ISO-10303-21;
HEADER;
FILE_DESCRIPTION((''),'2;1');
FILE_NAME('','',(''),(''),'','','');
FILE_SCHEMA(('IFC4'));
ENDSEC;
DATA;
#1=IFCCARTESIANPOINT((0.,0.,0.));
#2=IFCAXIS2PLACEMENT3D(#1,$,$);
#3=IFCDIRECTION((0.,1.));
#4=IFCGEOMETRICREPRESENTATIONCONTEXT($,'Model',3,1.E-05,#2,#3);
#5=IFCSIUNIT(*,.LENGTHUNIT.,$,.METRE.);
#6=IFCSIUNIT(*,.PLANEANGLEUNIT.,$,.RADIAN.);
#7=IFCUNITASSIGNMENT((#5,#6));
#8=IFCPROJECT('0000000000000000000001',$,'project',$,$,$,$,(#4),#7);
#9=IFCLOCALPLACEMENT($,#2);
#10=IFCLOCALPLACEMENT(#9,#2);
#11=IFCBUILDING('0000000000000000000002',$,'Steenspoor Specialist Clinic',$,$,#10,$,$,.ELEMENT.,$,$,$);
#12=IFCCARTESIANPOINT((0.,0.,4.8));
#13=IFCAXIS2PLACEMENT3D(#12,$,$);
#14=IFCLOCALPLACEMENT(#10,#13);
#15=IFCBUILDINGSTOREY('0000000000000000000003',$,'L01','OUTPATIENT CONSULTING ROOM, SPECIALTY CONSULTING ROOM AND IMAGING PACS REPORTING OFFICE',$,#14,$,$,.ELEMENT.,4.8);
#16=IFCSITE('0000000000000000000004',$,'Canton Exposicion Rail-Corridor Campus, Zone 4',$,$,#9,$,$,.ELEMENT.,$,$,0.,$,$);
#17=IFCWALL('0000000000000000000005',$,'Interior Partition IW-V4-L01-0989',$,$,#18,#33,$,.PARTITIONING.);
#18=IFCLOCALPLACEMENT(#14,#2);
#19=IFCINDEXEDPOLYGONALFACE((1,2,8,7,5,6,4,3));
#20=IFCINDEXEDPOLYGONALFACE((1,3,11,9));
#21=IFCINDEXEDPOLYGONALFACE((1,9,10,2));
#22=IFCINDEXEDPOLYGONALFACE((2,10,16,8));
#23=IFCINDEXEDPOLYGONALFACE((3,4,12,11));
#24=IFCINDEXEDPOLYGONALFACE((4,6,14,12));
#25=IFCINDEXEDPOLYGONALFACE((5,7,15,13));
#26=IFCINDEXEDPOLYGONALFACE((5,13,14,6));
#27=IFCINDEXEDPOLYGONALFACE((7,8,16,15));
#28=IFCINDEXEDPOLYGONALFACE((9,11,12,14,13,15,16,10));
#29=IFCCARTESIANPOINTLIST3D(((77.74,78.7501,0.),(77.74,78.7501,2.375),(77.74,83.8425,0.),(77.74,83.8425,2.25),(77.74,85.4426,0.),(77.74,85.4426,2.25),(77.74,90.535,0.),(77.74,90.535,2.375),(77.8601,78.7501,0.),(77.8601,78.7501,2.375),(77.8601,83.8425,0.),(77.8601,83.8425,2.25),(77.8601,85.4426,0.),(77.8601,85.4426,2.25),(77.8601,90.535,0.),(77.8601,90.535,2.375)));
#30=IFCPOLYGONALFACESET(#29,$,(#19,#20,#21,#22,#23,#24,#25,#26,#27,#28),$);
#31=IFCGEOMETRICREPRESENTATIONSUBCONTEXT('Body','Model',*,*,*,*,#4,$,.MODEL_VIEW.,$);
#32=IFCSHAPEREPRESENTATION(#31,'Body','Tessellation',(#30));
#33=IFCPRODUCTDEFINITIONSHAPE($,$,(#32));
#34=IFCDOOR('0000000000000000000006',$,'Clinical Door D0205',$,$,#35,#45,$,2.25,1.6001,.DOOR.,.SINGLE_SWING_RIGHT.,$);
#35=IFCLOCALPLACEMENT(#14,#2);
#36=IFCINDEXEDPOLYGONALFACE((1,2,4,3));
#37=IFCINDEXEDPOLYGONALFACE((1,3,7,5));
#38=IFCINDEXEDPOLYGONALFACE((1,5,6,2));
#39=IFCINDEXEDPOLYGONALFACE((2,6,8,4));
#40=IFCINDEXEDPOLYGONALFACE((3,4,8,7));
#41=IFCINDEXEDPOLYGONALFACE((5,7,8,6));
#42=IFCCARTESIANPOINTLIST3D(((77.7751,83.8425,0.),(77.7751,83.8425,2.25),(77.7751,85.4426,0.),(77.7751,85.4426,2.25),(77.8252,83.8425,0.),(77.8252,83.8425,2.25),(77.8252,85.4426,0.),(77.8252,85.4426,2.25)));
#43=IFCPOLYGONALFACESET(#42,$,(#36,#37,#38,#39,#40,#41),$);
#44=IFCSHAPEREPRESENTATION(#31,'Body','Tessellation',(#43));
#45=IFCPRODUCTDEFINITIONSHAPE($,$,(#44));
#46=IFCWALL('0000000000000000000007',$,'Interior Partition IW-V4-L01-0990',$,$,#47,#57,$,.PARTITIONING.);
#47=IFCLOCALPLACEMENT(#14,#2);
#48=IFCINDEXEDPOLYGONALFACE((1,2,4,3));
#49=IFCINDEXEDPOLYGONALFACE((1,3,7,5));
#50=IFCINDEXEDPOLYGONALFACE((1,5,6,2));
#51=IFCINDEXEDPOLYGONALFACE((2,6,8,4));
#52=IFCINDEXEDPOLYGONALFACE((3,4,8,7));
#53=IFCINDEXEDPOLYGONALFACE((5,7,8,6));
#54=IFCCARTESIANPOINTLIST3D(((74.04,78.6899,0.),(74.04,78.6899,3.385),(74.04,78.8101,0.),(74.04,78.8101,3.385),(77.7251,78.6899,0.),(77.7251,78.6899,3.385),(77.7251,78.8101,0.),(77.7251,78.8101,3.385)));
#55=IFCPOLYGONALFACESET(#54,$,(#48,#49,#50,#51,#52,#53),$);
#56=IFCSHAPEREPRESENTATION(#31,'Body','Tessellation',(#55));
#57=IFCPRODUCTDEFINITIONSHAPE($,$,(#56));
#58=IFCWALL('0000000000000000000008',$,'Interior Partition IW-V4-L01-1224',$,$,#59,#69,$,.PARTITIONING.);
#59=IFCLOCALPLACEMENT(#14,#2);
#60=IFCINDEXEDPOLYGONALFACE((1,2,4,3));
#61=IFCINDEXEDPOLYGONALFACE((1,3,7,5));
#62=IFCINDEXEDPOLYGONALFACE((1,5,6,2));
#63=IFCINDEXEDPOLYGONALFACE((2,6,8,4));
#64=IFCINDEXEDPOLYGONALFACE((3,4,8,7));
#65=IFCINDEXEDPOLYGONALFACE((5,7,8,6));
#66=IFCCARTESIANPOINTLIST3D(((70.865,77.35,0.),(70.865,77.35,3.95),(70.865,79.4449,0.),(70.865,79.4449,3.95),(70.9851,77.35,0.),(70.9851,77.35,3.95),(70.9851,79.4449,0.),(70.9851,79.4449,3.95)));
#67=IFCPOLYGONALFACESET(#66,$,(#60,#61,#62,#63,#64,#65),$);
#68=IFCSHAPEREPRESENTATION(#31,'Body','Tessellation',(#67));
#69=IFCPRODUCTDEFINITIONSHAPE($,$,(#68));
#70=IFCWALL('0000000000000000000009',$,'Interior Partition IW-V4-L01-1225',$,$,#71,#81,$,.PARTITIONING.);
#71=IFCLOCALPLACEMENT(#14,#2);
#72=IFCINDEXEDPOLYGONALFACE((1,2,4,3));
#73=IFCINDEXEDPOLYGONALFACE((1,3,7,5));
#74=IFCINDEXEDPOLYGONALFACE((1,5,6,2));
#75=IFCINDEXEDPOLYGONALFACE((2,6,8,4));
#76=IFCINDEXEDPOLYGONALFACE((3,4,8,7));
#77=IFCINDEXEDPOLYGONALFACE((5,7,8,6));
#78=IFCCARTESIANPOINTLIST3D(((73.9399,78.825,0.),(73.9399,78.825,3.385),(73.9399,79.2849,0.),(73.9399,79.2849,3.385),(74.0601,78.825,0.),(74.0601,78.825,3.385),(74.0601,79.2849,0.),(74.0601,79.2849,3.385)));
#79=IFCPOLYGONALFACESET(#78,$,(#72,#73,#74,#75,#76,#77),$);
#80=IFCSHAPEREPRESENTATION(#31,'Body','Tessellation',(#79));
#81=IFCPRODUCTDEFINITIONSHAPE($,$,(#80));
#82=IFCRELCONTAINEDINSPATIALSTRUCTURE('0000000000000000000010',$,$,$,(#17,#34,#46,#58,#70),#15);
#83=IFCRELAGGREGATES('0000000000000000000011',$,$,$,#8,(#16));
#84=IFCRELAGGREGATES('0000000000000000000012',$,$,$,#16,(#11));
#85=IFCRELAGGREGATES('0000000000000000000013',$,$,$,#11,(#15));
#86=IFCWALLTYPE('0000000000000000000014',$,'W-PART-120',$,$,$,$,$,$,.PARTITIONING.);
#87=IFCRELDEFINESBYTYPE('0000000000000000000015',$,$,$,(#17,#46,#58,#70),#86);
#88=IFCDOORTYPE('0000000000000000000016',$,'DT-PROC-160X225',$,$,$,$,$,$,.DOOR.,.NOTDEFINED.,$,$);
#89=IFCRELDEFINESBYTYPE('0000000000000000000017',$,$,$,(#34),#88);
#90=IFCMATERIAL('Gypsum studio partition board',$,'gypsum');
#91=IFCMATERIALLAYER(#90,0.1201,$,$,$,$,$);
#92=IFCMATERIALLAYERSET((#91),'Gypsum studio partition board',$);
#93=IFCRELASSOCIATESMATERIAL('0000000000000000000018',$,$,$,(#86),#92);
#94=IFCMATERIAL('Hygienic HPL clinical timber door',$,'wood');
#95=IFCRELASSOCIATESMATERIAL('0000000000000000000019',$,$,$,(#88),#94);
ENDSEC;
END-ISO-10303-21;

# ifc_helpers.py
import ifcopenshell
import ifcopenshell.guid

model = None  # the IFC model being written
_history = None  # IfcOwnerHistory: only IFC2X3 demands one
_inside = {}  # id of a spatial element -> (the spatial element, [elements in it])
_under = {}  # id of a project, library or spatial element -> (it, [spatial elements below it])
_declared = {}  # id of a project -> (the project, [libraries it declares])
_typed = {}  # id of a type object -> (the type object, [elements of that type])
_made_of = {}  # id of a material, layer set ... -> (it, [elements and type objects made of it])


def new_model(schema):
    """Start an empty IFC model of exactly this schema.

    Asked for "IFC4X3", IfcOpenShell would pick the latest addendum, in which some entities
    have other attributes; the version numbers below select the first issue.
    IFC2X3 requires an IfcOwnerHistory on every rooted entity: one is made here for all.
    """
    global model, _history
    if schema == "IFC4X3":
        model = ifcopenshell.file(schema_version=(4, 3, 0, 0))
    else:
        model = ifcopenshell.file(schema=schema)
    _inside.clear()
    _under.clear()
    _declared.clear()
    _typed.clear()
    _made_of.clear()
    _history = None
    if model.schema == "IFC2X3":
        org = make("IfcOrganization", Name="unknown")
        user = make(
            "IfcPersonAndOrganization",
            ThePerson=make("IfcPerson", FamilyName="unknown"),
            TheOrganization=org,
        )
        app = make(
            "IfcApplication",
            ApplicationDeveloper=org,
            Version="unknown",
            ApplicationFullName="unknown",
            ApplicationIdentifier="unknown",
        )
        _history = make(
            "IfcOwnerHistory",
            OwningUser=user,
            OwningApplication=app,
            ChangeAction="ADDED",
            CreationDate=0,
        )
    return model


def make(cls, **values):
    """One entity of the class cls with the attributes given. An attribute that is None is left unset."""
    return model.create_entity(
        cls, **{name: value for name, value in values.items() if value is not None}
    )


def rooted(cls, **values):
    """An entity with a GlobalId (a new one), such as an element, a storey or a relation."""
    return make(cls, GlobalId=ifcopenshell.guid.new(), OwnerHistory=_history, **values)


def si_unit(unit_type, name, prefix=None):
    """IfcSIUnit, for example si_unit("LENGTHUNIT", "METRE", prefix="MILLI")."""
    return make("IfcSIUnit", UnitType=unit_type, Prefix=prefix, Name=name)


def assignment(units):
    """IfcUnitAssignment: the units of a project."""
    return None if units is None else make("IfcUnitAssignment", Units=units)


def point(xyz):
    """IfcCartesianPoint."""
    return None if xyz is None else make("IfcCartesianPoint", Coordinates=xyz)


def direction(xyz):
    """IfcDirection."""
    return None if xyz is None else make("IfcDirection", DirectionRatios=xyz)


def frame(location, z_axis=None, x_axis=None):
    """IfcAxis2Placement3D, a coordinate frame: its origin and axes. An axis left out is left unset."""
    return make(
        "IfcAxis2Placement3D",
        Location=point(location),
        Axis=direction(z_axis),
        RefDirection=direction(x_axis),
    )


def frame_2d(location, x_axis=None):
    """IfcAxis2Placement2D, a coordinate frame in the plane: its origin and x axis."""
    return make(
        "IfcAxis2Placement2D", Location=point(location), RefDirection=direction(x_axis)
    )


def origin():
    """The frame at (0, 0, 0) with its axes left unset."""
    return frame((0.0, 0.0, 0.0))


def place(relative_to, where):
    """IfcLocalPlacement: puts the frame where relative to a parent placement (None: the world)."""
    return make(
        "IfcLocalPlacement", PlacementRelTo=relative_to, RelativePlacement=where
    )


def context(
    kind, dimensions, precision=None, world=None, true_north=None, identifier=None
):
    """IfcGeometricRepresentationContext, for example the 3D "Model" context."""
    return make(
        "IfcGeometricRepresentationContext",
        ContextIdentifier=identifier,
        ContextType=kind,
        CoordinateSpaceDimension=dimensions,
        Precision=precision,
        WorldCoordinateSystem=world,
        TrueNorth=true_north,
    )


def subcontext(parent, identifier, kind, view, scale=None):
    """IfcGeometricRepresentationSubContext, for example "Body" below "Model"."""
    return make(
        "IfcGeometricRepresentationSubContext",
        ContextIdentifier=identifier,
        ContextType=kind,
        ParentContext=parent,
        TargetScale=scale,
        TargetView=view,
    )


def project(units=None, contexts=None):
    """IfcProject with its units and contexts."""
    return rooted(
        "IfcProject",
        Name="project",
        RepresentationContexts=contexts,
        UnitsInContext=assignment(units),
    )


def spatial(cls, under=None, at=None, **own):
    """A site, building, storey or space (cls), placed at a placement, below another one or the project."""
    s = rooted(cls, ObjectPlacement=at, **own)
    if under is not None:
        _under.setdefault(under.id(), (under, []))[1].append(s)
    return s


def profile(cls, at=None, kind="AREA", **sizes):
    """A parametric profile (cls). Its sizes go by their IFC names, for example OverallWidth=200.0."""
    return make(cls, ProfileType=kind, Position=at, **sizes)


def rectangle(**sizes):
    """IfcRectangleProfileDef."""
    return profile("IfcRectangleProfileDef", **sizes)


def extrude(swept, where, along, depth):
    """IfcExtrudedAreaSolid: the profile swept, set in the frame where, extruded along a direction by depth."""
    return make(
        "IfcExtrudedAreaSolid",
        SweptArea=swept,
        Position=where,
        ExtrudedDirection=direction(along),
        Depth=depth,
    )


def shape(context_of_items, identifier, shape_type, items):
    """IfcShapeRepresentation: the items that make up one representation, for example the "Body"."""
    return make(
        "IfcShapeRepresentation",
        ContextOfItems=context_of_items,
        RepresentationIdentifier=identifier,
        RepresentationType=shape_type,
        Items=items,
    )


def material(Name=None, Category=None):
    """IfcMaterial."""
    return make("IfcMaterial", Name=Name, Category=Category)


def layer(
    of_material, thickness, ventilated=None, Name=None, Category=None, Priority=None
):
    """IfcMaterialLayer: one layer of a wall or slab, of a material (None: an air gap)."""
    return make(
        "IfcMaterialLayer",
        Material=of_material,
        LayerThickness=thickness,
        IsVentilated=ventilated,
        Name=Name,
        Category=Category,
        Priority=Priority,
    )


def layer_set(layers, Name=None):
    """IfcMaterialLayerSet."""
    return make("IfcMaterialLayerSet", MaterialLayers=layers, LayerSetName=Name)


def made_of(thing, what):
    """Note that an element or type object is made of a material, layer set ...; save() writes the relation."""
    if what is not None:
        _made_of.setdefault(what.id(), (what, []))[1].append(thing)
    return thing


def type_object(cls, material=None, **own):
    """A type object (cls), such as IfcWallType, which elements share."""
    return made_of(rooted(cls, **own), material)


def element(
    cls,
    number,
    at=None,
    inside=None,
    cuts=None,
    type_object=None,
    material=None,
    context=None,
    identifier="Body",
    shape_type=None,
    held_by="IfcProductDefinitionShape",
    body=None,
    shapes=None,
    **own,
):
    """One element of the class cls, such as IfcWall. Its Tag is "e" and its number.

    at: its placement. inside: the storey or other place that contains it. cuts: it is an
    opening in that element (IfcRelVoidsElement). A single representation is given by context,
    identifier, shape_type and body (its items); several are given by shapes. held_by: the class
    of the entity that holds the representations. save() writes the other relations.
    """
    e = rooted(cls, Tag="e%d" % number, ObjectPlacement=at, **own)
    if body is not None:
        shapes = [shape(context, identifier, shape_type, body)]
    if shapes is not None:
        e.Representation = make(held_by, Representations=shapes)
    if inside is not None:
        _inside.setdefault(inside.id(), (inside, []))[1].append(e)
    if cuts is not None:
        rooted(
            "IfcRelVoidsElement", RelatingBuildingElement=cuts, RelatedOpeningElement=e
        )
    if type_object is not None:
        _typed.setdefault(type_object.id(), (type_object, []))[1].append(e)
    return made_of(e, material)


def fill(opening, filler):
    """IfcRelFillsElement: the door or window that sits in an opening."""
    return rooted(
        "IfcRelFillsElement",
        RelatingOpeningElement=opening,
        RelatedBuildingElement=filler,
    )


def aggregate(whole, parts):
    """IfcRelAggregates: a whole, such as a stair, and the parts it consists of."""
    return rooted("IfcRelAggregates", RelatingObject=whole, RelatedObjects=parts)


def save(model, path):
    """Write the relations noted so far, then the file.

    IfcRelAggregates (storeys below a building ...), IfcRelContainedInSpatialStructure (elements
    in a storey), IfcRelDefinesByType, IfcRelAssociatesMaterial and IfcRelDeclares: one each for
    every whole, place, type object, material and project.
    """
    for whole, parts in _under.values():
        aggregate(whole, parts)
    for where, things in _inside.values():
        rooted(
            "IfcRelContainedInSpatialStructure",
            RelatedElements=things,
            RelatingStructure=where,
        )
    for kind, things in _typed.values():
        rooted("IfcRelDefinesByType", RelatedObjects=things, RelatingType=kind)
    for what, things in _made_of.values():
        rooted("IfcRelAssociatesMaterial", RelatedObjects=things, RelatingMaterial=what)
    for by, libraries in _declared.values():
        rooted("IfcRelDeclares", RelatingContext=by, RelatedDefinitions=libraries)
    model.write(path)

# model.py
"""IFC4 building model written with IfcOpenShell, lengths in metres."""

from ifc_helpers import new_model, si_unit, direction, frame, frame_2d, origin, place, context, subcontext, project, spatial, rectangle, extrude, material, layer, layer_set, type_object, element, fill, save


model = new_model("IFC4")

# Units and contexts
model_context = context("Model", 3, precision=1e-05, world=origin(), true_north=direction((0.0, 1.0)))
body_context = subcontext(model_context, "Body", "Model", "MODEL_VIEW")
ifc_project = project(units=[si_unit("LENGTHUNIT", "METRE"), si_unit("PLANEANGLEUNIT", "RADIAN")], contexts=[model_context])

# Site, building, storey
site_placement = place(None, origin())
site = spatial("IfcSite", under=ifc_project, at=site_placement, Name="Canton Exposicion Rail-Corridor Campus, Zone 4", CompositionType="ELEMENT", RefElevation=0.0)
building_placement = place(site_placement, origin())
building = spatial("IfcBuilding", under=site, at=building_placement, Name="Steenspoor Specialist Clinic", CompositionType="ELEMENT")
storey_placement = place(building_placement, frame((0.0, 0.0, 4.8)))
storey = spatial("IfcBuildingStorey", under=building, at=storey_placement, Name="L01", Description="OUTPATIENT CONSULTING ROOM, SPECIALTY CONSULTING ROOM AND IMAGING PACS REPORTING OFFICE", CompositionType="ELEMENT", Elevation=4.8)

# Shared definitions
ifc_material_1 = material(Name="Hygienic HPL clinical timber door", Category="wood")

# Shared definitions
ifc_material_2 = material(Name="Gypsum studio partition board", Category="gypsum")
ifc_layer_1 = layer(ifc_material_2, 0.1201)
ifc_layer_set_1 = layer_set([ifc_layer_1], Name="Gypsum studio partition board")
wall_type_1 = type_object("IfcWallType", Name="W-PART-120", PredefinedType="PARTITIONING", material=ifc_layer_set_1)

# Shared definitions
door_type_1 = type_object("IfcDoorType", Name="DT-PROC-160X225", OperationType="NOTDEFINED", PredefinedType="DOOR", material=ifc_material_1)

# Wall, opening, door
wall_1_placement = place(storey_placement, frame((77.8, 78.75, 0.0), z_axis=(0.0, 0.0, 1.0), x_axis=(0.0, 1.0, 0.0)))
wall_1 = element("IfcWall", 1, at=wall_1_placement, inside=storey, type_object=wall_type_1, Name="Interior Partition IW-V4-L01-0989", PredefinedType="PARTITIONING", context=body_context, shape_type="SweptSolid", body=[
    extrude(rectangle(XDim=11.7849, YDim=0.1201, at=frame_2d((5.8926, 0.0))), origin(), (0.0, 0.0, 1.0), 2.375),
])
opening_1_placement = place(wall_1_placement, frame((5.0925, 0.0, 0.0)))
opening_1 = element("IfcOpeningElement", 2, at=opening_1_placement, cuts=wall_1, PredefinedType="OPENING", context=body_context, shape_type="SweptSolid", body=[
    extrude(rectangle(XDim=1.6001, YDim=2.25, at=frame_2d((0.8, 1.125))), frame((0.0, 0.0701, 0.0), z_axis=(0.0, -1.0, 0.0), x_axis=(1.0, 0.0, 0.0)), (0.0, 0.0, 1.0), 0.1401),
])
door_1_placement = place(opening_1_placement, origin())
door_1 = element("IfcDoor", 3, at=door_1_placement, inside=storey, type_object=door_type_1, Name="Clinical Door D0205", OperationType="SINGLE_SWING_RIGHT", OverallHeight=2.25, OverallWidth=1.6001, PredefinedType="DOOR", context=body_context, shape_type="SweptSolid", body=[
    extrude(rectangle(XDim=1.6001, YDim=2.25, at=frame_2d((0.8, 1.125))), frame((0.0, 0.0249, 0.0), z_axis=(0.0, -1.0, 0.0), x_axis=(1.0, 0.0, 0.0)), (0.0, 0.0, 1.0), 0.05),
])
fill(opening_1, door_1)

# Walls
wall_2_placement = place(storey_placement, frame((74.04, 78.75, 0.0), z_axis=(0.0, 0.0, 1.0), x_axis=(1.0, 0.0, 0.0)))
element("IfcWall", 4, at=wall_2_placement, inside=storey, type_object=wall_type_1, Name="Interior Partition IW-V4-L01-0990", PredefinedType="PARTITIONING", context=body_context, shape_type="SweptSolid", body=[
    extrude(rectangle(XDim=3.6851, YDim=0.1201, at=frame_2d((1.8425, 0.0))), origin(), (0.0, 0.0, 1.0), 3.385),
])
wall_3_placement = place(storey_placement, frame((70.925, 77.3501, 0.0), z_axis=(0.0, 0.0, 1.0), x_axis=(0.0, 1.0, 0.0)))
element("IfcWall", 5, at=wall_3_placement, inside=storey, type_object=wall_type_1, Name="Interior Partition IW-V4-L01-1224", PredefinedType="PARTITIONING", context=body_context, shape_type="SweptSolid", body=[
    extrude(rectangle(XDim=2.095, YDim=0.1201, at=frame_2d((1.0474, 0.0))), origin(), (0.0, 0.0, 1.0), 3.95),
])
wall_4_placement = place(storey_placement, frame((74.0, 78.825, 0.0), z_axis=(0.0, 0.0, 1.0), x_axis=(0.0, 1.0, 0.0)))
element("IfcWall", 6, at=wall_4_placement, inside=storey, type_object=wall_type_1, Name="Interior Partition IW-V4-L01-1225", PredefinedType="PARTITIONING", context=body_context, shape_type="SweptSolid", body=[
    extrude(rectangle(XDim=0.46, YDim=0.1201, at=frame_2d((0.23, 0.0))), origin(), (0.0, 0.0, 1.0), 3.385),
])

save(model, "model.ifc")
